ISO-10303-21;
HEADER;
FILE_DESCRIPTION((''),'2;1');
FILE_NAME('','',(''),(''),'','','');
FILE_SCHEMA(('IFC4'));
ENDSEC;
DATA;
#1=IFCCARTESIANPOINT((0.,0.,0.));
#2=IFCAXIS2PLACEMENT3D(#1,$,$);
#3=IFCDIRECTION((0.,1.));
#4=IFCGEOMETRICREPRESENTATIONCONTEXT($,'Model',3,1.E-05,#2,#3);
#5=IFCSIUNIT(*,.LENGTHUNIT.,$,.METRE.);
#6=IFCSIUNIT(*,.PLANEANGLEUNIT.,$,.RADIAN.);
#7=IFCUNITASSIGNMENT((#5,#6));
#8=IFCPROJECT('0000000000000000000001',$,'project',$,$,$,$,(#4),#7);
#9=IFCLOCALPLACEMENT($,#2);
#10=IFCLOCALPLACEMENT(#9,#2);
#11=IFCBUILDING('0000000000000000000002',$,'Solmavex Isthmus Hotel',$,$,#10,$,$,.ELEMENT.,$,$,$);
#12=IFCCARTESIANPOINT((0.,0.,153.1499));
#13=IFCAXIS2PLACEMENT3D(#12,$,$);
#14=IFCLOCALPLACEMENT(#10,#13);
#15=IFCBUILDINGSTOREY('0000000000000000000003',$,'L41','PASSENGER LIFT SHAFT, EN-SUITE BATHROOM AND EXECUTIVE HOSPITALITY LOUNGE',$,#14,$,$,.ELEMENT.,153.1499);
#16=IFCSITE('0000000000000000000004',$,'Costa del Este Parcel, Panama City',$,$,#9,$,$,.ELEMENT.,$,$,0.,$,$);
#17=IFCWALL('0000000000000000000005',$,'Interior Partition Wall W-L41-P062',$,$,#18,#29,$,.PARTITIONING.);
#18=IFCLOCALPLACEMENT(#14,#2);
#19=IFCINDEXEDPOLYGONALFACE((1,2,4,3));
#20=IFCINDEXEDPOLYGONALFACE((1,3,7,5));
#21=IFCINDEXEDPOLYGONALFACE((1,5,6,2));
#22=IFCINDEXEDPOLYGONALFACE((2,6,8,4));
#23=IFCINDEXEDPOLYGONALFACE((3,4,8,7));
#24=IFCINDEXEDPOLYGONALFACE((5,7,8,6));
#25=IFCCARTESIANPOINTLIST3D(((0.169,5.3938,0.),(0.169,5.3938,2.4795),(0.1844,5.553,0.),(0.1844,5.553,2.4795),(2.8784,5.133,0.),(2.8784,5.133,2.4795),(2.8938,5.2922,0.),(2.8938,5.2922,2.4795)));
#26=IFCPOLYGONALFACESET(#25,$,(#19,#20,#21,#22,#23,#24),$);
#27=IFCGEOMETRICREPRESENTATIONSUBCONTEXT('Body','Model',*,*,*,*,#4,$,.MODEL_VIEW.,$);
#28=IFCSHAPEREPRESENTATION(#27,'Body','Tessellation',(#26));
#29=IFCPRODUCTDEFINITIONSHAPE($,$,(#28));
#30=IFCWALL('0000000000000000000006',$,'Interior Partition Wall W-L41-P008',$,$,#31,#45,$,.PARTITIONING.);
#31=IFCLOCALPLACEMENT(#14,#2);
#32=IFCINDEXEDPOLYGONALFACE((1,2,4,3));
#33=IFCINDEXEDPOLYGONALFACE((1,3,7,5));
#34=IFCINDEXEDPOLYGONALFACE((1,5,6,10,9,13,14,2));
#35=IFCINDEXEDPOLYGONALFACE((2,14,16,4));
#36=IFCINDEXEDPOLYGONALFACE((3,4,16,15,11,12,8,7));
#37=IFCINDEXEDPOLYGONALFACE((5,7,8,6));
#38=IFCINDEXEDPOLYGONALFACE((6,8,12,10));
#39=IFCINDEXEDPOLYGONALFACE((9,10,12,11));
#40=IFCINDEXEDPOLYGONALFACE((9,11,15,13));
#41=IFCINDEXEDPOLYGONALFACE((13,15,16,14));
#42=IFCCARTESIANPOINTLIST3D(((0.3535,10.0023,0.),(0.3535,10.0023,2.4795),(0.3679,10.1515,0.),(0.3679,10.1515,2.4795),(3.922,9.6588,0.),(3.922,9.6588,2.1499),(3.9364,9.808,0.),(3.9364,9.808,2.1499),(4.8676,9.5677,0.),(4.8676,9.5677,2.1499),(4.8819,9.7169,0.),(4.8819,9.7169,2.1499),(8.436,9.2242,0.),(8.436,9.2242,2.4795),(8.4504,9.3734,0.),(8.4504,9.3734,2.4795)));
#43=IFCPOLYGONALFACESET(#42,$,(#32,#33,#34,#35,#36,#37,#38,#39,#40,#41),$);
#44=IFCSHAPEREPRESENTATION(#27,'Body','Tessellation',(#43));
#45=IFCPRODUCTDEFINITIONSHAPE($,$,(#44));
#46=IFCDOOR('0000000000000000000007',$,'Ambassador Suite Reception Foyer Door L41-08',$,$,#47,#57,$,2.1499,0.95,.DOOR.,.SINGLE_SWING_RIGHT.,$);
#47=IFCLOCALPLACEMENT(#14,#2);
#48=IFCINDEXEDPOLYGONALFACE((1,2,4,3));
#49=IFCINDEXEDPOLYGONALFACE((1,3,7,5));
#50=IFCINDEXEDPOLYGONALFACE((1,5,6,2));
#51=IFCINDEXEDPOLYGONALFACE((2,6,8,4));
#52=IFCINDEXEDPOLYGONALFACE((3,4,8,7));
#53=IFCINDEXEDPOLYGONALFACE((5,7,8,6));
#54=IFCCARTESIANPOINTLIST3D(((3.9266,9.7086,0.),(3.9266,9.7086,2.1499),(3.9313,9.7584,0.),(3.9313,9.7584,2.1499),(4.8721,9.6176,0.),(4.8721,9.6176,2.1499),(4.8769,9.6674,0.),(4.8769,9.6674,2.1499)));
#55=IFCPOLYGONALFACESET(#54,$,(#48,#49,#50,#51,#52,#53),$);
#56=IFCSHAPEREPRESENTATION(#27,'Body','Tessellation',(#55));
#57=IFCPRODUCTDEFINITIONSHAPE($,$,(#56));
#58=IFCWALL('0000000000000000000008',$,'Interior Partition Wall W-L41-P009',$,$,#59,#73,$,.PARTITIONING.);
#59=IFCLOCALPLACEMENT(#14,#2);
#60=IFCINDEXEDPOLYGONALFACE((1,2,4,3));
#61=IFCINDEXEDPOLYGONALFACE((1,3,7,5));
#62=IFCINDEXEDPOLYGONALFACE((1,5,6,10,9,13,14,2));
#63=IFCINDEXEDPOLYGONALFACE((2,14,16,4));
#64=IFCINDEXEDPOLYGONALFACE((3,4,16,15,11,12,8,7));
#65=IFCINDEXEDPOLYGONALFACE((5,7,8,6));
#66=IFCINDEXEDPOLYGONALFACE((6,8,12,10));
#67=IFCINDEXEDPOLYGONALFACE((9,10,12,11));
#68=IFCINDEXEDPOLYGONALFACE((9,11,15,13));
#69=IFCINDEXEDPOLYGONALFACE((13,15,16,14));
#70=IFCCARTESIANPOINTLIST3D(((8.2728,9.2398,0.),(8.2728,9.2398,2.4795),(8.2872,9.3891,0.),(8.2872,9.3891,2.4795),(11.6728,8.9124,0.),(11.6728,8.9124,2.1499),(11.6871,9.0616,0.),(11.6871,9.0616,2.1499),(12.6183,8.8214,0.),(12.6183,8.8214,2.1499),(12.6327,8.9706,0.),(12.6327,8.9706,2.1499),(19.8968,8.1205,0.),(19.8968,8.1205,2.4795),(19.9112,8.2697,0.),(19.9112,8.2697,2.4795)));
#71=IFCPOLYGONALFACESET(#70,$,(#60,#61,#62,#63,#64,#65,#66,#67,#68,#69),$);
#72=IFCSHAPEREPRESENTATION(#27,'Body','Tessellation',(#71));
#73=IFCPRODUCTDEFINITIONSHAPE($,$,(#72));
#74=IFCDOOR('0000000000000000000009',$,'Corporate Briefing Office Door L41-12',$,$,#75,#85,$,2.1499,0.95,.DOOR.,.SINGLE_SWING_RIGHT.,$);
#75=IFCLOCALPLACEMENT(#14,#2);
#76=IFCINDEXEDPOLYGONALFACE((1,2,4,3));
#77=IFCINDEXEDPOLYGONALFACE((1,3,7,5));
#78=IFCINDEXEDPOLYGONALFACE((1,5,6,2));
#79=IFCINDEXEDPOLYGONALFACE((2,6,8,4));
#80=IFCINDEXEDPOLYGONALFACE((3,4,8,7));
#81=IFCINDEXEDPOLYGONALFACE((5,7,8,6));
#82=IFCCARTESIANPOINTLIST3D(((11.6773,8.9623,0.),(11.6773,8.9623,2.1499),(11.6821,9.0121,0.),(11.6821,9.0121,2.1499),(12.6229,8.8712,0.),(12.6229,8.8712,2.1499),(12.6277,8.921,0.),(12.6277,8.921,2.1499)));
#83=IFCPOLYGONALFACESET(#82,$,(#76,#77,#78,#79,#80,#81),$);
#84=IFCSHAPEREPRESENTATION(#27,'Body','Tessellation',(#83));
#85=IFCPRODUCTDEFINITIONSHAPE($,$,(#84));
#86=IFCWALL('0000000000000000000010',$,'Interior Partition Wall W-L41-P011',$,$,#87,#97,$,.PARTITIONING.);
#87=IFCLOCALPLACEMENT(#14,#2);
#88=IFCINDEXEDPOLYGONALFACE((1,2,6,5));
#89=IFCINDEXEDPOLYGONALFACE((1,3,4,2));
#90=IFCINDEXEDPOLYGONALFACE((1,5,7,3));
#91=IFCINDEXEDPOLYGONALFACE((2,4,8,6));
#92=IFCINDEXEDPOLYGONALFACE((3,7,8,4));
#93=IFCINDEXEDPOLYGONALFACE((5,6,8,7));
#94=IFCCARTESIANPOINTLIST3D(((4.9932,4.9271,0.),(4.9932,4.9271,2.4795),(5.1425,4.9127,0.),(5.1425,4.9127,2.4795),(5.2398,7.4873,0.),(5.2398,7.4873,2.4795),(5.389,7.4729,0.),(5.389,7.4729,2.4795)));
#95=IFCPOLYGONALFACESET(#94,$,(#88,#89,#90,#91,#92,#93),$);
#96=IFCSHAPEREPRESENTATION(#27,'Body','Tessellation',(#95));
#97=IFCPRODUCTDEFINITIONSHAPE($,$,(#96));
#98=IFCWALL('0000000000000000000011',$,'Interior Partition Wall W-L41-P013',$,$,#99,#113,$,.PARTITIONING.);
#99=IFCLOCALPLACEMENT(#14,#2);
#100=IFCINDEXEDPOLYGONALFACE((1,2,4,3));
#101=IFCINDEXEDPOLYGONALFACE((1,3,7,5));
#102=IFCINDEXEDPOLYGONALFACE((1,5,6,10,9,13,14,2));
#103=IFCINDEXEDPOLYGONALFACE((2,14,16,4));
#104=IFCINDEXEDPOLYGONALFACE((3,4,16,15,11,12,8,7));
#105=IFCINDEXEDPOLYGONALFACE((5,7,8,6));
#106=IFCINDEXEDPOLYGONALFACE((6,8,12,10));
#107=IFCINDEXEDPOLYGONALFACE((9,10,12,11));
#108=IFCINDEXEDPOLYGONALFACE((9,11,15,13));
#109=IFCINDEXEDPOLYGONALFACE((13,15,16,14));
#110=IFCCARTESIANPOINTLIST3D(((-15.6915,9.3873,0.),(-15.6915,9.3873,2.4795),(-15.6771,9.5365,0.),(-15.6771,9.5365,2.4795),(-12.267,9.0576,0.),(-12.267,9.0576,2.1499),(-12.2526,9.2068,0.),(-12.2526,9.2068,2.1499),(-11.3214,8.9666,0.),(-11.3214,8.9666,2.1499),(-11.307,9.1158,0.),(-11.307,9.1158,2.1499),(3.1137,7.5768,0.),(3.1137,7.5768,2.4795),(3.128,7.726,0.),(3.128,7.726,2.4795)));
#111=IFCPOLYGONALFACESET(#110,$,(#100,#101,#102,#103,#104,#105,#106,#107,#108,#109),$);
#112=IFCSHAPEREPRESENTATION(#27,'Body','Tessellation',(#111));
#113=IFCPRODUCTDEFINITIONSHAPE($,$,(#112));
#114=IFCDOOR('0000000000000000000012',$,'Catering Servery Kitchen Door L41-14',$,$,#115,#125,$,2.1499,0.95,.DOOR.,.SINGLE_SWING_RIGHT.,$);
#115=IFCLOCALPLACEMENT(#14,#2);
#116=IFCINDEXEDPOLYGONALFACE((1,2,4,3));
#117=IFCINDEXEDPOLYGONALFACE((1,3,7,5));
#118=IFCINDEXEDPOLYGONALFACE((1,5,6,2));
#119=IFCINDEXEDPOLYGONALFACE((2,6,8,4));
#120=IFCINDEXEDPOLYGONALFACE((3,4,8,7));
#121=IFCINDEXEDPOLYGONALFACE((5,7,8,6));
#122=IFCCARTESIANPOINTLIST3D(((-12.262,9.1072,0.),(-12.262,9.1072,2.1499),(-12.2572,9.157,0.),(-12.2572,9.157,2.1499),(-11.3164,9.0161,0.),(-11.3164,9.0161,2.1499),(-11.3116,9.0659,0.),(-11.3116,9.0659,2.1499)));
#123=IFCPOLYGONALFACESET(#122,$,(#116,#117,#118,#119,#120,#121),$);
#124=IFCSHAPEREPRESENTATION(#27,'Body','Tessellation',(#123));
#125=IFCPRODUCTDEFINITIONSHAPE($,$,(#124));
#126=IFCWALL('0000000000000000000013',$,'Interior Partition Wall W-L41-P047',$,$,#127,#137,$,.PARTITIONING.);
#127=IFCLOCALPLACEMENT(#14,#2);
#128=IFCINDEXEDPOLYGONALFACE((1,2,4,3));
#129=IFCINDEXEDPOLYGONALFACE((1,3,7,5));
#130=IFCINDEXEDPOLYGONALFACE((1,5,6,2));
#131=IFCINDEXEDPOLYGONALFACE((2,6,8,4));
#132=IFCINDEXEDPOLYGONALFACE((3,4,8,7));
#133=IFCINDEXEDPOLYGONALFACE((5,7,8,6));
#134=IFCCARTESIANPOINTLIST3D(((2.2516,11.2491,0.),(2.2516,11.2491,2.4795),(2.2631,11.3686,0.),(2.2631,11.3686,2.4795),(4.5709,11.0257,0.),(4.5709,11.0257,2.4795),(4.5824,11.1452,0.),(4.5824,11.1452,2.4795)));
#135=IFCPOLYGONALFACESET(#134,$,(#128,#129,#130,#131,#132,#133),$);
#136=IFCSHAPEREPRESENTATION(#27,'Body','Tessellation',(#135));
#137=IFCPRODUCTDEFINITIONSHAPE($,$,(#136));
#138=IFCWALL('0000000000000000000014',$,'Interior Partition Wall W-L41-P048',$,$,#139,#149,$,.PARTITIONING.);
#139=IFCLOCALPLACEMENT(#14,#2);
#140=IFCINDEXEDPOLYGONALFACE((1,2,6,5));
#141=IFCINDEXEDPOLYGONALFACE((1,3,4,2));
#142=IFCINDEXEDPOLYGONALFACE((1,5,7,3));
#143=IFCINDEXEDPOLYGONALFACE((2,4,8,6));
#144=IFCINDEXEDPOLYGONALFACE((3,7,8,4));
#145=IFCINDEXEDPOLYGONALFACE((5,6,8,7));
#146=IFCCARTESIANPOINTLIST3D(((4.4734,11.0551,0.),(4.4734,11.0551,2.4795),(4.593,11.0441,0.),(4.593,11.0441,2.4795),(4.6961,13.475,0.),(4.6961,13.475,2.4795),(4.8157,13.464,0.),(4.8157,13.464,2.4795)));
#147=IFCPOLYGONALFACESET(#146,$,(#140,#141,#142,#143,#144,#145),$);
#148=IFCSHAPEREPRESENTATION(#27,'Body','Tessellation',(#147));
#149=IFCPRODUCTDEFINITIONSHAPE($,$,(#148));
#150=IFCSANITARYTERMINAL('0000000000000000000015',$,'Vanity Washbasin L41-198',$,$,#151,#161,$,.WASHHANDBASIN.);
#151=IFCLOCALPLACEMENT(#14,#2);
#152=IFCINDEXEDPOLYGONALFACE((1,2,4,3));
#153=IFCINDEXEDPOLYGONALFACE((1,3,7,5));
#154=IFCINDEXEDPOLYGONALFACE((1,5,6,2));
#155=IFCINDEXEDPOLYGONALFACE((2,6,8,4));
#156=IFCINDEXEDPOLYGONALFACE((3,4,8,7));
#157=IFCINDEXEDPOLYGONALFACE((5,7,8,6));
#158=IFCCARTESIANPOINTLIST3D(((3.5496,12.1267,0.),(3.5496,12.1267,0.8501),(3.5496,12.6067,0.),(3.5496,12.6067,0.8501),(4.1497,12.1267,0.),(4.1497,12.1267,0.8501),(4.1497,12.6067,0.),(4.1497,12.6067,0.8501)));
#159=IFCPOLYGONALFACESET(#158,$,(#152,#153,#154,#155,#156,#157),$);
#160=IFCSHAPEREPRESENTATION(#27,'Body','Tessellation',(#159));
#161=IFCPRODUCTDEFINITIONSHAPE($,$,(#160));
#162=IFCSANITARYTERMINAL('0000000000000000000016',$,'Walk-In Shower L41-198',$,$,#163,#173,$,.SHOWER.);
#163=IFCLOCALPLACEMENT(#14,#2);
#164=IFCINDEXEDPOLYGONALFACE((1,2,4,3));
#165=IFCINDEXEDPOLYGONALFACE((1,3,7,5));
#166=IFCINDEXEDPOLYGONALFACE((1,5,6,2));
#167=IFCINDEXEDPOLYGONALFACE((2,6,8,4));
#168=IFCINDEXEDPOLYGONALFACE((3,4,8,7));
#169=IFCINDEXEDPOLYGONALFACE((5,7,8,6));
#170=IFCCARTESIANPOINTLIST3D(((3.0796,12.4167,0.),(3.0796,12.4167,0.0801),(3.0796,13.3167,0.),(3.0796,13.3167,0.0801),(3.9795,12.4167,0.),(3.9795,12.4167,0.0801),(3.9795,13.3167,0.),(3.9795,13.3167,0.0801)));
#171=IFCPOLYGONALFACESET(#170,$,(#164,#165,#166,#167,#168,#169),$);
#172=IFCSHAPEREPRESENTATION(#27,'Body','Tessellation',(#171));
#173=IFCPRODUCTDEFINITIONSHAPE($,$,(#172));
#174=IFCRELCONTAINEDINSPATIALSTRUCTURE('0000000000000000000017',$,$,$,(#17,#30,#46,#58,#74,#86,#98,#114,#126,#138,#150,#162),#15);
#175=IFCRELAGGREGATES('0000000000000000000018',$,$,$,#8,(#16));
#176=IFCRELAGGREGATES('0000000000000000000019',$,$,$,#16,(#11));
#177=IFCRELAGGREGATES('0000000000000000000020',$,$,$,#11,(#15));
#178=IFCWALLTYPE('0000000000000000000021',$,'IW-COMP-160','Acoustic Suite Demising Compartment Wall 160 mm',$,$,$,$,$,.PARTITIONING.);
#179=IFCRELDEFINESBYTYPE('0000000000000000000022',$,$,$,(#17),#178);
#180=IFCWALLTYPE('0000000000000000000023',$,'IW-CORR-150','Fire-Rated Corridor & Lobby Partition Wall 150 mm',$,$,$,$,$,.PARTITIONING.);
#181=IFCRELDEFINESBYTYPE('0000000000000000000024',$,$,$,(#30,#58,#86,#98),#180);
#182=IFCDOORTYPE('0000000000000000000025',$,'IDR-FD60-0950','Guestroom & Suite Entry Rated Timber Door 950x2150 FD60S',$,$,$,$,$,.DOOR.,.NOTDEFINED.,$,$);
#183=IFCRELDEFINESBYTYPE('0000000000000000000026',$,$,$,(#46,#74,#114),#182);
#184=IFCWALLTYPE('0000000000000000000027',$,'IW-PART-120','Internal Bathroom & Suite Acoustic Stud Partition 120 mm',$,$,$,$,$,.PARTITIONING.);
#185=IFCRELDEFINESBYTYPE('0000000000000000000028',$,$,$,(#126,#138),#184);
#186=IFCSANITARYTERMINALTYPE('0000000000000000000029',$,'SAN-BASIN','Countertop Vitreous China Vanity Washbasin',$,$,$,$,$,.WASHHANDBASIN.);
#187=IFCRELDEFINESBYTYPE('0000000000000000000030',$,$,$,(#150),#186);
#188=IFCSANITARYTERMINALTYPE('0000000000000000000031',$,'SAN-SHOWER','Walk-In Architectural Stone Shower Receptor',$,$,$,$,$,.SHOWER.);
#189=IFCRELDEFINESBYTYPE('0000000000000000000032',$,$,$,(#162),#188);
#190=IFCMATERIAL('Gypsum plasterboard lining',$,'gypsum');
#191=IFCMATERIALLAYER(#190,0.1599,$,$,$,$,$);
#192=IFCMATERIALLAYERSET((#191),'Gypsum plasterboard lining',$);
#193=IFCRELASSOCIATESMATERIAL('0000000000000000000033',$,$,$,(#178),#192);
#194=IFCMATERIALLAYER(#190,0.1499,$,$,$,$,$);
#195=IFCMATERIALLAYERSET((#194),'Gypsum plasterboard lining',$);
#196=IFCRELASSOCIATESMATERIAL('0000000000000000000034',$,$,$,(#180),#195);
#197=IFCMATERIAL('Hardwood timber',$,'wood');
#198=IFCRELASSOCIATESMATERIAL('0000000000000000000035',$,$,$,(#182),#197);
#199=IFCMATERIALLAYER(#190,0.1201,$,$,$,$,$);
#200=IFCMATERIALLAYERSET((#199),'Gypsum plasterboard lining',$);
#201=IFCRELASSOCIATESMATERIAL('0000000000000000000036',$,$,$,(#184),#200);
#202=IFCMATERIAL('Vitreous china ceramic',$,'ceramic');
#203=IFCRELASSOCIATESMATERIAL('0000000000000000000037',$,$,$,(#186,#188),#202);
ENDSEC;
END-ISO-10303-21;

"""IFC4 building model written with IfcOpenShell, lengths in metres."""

from ifc_helpers import new_model, si_unit, direction, frame, frame_2d, origin, origin_2d, place, context, subcontext, project, spatial, rectangle, extrude, material, layer, layer_set, type_object, element, fill, save


model = new_model("IFC4")

# Units and contexts
model_context = context("Model", 3, precision=1e-05, world=origin(), true_north=direction((0.0, 1.0)))
body_context = subcontext(model_context, "Body", "Model", "MODEL_VIEW")
ifc_project = project(units=[si_unit("LENGTHUNIT", "METRE"), si_unit("PLANEANGLEUNIT", "RADIAN")], contexts=[model_context])

# Site, building, storey
site_placement = place(None, origin())
site = spatial("IfcSite", under=ifc_project, at=site_placement, Name="Costa del Este Parcel, Panama City", CompositionType="ELEMENT", RefElevation=0.0)
building_placement = place(site_placement, origin())
building = spatial("IfcBuilding", under=site, at=building_placement, Name="Solmavex Isthmus Hotel", CompositionType="ELEMENT")
storey_placement = place(building_placement, frame((0.0, 0.0, 153.1499)))
storey = spatial("IfcBuildingStorey", under=building, at=storey_placement, Name="L41", Description="PASSENGER LIFT SHAFT, EN-SUITE BATHROOM AND EXECUTIVE HOSPITALITY LOUNGE", CompositionType="ELEMENT", Elevation=153.1499)

# Wall
ifc_material_1 = material(Name="Gypsum plasterboard lining", Category="gypsum")
ifc_layer_1 = layer(ifc_material_1, 0.1599)
ifc_layer_set_1 = layer_set([ifc_layer_1], Name="Gypsum plasterboard lining")
wall_type_1 = type_object("IfcWallType", Name="IW-COMP-160", Description="Acoustic Suite Demising Compartment Wall 160 mm", PredefinedType="PARTITIONING", material=ifc_layer_set_1)
wall_1_placement = place(storey_placement, frame((2.886, 5.2126, 0.0), z_axis=(0.0, 0.0, 1.0), x_axis=(-0.995401, 0.095791, 0.0)))
element("IfcWall", 1, at=wall_1_placement, inside=storey, type_object=wall_type_1, Name="Interior Partition Wall W-L41-P062", PredefinedType="PARTITIONING", context=body_context, shape_type="SweptSolid", body=[
    extrude(rectangle(XDim=2.7219, YDim=0.1599, at=frame_2d((1.3608, 0.0))), origin(), (0.0, 0.0, 1.0), 2.4795),
])

# Walls, openings, doors
ifc_layer_2 = layer(ifc_material_1, 0.1499)
ifc_layer_set_2 = layer_set([ifc_layer_2], Name="Gypsum plasterboard lining")
wall_type_2 = type_object("IfcWallType", Name="IW-CORR-150", Description="Fire-Rated Corridor & Lobby Partition Wall 150 mm", PredefinedType="PARTITIONING", material=ifc_layer_set_2)
wall_2_placement = place(storey_placement, frame((0.3606, 10.0769, 0.0), z_axis=(0.0, 0.0, 1.0), x_axis=(0.995398, -0.095824, 0.0)))
wall_2 = element("IfcWall", 2, at=wall_2_placement, inside=storey, type_object=wall_type_2, Name="Interior Partition Wall W-L41-P008", PredefinedType="PARTITIONING", context=body_context, shape_type="SweptSolid", body=[
    extrude(rectangle(XDim=8.1199, YDim=0.1499, at=frame_2d((4.0601, 0.0))), origin(), (0.0, 0.0, 1.0), 2.4795),
])
opening_1_placement = place(wall_2_placement, frame((3.585, 0.0, 0.0)))
opening_1 = element("IfcOpeningElement", 3, at=opening_1_placement, cuts=wall_2, PredefinedType="OPENING", context=body_context, shape_type="SweptSolid", body=[
    extrude(rectangle(XDim=0.95, YDim=2.1499, at=frame_2d((0.4751, 1.075))), frame((0.0, 0.085, 0.0), z_axis=(0.0, -1.0, 0.0), x_axis=(1.0, 0.0, 0.0)), (0.0, 0.0, 1.0), 0.1699),
])
ifc_material_2 = material(Name="Hardwood timber", Category="wood")
door_type = type_object("IfcDoorType", Name="IDR-FD60-0950", Description="Guestroom & Suite Entry Rated Timber Door 950x2150 FD60S", OperationType="NOTDEFINED", PredefinedType="DOOR", material=ifc_material_2)
door_1_placement = place(opening_1_placement, frame((0.95, 0.0, 0.0), z_axis=(0.0, 0.0, 1.0), x_axis=(-1.0, 0.0, 0.0)))
door_1 = element("IfcDoor", 4, at=door_1_placement, inside=storey, type_object=door_type, Name="Ambassador Suite Reception Foyer Door L41-08", OperationType="SINGLE_SWING_RIGHT", OverallHeight=2.1499, OverallWidth=0.95, PredefinedType="DOOR", context=body_context, shape_type="SweptSolid", body=[
    extrude(rectangle(XDim=0.95, YDim=2.1499, at=frame_2d((0.4751, 1.075))), frame((0.0, 0.0249, 0.0), z_axis=(0.0, -1.0, 0.0), x_axis=(1.0, 0.0, 0.0)), (0.0, 0.0, 1.0), 0.05),
])
fill(opening_1, door_1)
wall_3_placement = place(storey_placement, frame((8.28, 9.3145, 0.0), z_axis=(0.0, 0.0, 1.0), x_axis=(0.995395, -0.095856, 0.0)))
wall_3 = element("IfcWall", 5, at=wall_3_placement, inside=storey, type_object=wall_type_2, Name="Interior Partition Wall W-L41-P009", PredefinedType="PARTITIONING", context=body_context, shape_type="SweptSolid", body=[
    extrude(rectangle(XDim=11.6777, YDim=0.1499, at=frame_2d((5.8389, 0.0))), origin(), (0.0, 0.0, 1.0), 2.4795),
])
opening_2_placement = place(wall_3_placement, frame((3.4155, 0.0, 0.0)))
opening_2 = element("IfcOpeningElement", 6, at=opening_2_placement, cuts=wall_3, PredefinedType="OPENING", context=body_context, shape_type="SweptSolid", body=[
    extrude(rectangle(XDim=0.95, YDim=2.1499, at=frame_2d((0.4751, 1.075))), frame((0.0, 0.085, 0.0), z_axis=(0.0, -1.0, 0.0), x_axis=(1.0, 0.0, 0.0)), (0.0, 0.0, 1.0), 0.1699),
])
door_2_placement = place(opening_2_placement, frame((0.95, 0.0, 0.0), z_axis=(0.0, 0.0, 1.0), x_axis=(-1.0, 0.0, 0.0)))
door_2 = element("IfcDoor", 7, at=door_2_placement, inside=storey, type_object=door_type, Name="Corporate Briefing Office Door L41-12", OperationType="SINGLE_SWING_RIGHT", OverallHeight=2.1499, OverallWidth=0.95, PredefinedType="DOOR", context=body_context, shape_type="SweptSolid", body=[
    extrude(rectangle(XDim=0.95, YDim=2.1499, at=frame_2d((0.4751, 1.075))), frame((0.0, 0.0249, 0.0), z_axis=(0.0, -1.0, 0.0), x_axis=(1.0, 0.0, 0.0)), (0.0, 0.0, 1.0), 0.05),
])
fill(opening_2, door_2)

# Wall
wall_4_placement = place(storey_placement, frame((5.3145, 7.4802, 0.0), z_axis=(0.0, 0.0, 1.0), x_axis=(-0.095875, -0.995393, 0.0)))
element("IfcWall", 8, at=wall_4_placement, inside=storey, type_object=wall_type_2, Name="Interior Partition Wall W-L41-P011", PredefinedType="PARTITIONING", context=body_context, shape_type="SweptSolid", body=[
    extrude(rectangle(XDim=2.572, YDim=0.1499, at=frame_2d((1.2861, 0.0))), origin(), (0.0, 0.0, 1.0), 2.4795),
])

# Wall, opening, door
wall_5_placement = place(storey_placement, frame((3.1208, 7.6514, 0.0), z_axis=(0.0, 0.0, 1.0), x_axis=(-0.995397, 0.095836, 0.0)))
wall_5 = element("IfcWall", 9, at=wall_5_placement, inside=storey, type_object=wall_type_2, Name="Interior Partition Wall W-L41-P013", PredefinedType="PARTITIONING", context=body_context, shape_type="SweptSolid", body=[
    extrude(rectangle(XDim=18.8921, YDim=0.1499, at=frame_2d((9.446, 0.0))), origin(), (0.0, 0.0, 1.0), 2.4795),
])
opening_3_placement = place(wall_5_placement, frame((14.5017, 0.0, 0.0)))
opening_3 = element("IfcOpeningElement", 10, at=opening_3_placement, cuts=wall_5, PredefinedType="OPENING", context=body_context, shape_type="SweptSolid", body=[
    extrude(rectangle(XDim=0.95, YDim=2.1499, at=frame_2d((0.4751, 1.075))), frame((0.0, 0.085, 0.0), z_axis=(0.0, -1.0, 0.0), x_axis=(1.0, 0.0, 0.0)), (0.0, 0.0, 1.0), 0.1699),
])
door_3_placement = place(opening_3_placement, frame((0.95, 0.0, 0.0), z_axis=(0.0, 0.0, 1.0), x_axis=(-1.0, 0.0, 0.0)))
door_3 = element("IfcDoor", 11, at=door_3_placement, inside=storey, type_object=door_type, Name="Catering Servery Kitchen Door L41-14", OperationType="SINGLE_SWING_RIGHT", OverallHeight=2.1499, OverallWidth=0.95, PredefinedType="DOOR", context=body_context, shape_type="SweptSolid", body=[
    extrude(rectangle(XDim=0.95, YDim=2.1499, at=frame_2d((0.4751, 1.075))), frame((0.0, 0.0249, 0.0), z_axis=(0.0, -1.0, 0.0), x_axis=(1.0, 0.0, 0.0)), (0.0, 0.0, 1.0), 0.05),
])
fill(opening_3, door_3)

# Walls
ifc_layer_3 = layer(ifc_material_1, 0.1201)
ifc_layer_set_3 = layer_set([ifc_layer_3], Name="Gypsum plasterboard lining")
wall_type_3 = type_object("IfcWallType", Name="IW-PART-120", Description="Internal Bathroom & Suite Acoustic Stud Partition 120 mm", PredefinedType="PARTITIONING", material=ifc_layer_set_3)
wall_6_placement = place(storey_placement, frame((2.2573, 11.3088, 0.0), z_axis=(0.0, 0.0, 1.0), x_axis=(0.995394, -0.095872, 0.0)))
element("IfcWall", 12, at=wall_6_placement, inside=storey, type_object=wall_type_3, Name="Interior Partition Wall W-L41-P047", PredefinedType="PARTITIONING", context=body_context, shape_type="SweptSolid", body=[
    extrude(rectangle(XDim=2.3301, YDim=0.1201, at=frame_2d((1.165, 0.0))), origin(), (0.0, 0.0, 1.0), 2.4795),
])
wall_7_placement = place(storey_placement, frame((4.5332, 11.0496, 0.0), z_axis=(0.0, 0.0, 1.0), x_axis=(0.091623, 0.995794, 0.0)))
element("IfcWall", 13, at=wall_7_placement, inside=storey, type_object=wall_type_3, Name="Interior Partition Wall W-L41-P048", PredefinedType="PARTITIONING", context=body_context, shape_type="SweptSolid", body=[
    extrude(rectangle(XDim=2.4302, YDim=0.1201, at=frame_2d((1.2151, 0.0))), origin(), (0.0, 0.0, 1.0), 2.4795),
])

# Sanitary terminals
ifc_material_3 = material(Name="Vitreous china ceramic", Category="ceramic")
sanitary_terminal_type_1 = type_object("IfcSanitaryTerminalType", Name="SAN-BASIN", Description="Countertop Vitreous China Vanity Washbasin", PredefinedType="WASHHANDBASIN", material=ifc_material_3)
sanitary_terminal_1_placement = place(storey_placement, frame((3.8496, 12.3667, 0.0), z_axis=(0.0, 0.0, 1.0), x_axis=(1.0, 0.0, 0.0)))
element("IfcSanitaryTerminal", 14, at=sanitary_terminal_1_placement, inside=storey, type_object=sanitary_terminal_type_1, Name="Vanity Washbasin L41-198", PredefinedType="WASHHANDBASIN", context=body_context, shape_type="SweptSolid", body=[
    extrude(rectangle(XDim=0.6001, YDim=0.48, at=origin_2d()), origin(), (0.0, 0.0, 1.0), 0.8501),
])
sanitary_terminal_type_2 = type_object("IfcSanitaryTerminalType", Name="SAN-SHOWER", Description="Walk-In Architectural Stone Shower Receptor", PredefinedType="SHOWER", material=ifc_material_3)
sanitary_terminal_2_placement = place(storey_placement, frame((3.5295, 12.8667, 0.0), z_axis=(0.0, 0.0, 1.0), x_axis=(1.0, 0.0, 0.0)))
element("IfcSanitaryTerminal", 15, at=sanitary_terminal_2_placement, inside=storey, type_object=sanitary_terminal_type_2, Name="Walk-In Shower L41-198", PredefinedType="SHOWER", context=body_context, shape_type="SweptSolid", body=[
    extrude(rectangle(XDim=0.8999, YDim=0.8999, at=origin_2d()), origin(), (0.0, 0.0, 1.0), 0.0801),
])

save(model, "model.ifc")
